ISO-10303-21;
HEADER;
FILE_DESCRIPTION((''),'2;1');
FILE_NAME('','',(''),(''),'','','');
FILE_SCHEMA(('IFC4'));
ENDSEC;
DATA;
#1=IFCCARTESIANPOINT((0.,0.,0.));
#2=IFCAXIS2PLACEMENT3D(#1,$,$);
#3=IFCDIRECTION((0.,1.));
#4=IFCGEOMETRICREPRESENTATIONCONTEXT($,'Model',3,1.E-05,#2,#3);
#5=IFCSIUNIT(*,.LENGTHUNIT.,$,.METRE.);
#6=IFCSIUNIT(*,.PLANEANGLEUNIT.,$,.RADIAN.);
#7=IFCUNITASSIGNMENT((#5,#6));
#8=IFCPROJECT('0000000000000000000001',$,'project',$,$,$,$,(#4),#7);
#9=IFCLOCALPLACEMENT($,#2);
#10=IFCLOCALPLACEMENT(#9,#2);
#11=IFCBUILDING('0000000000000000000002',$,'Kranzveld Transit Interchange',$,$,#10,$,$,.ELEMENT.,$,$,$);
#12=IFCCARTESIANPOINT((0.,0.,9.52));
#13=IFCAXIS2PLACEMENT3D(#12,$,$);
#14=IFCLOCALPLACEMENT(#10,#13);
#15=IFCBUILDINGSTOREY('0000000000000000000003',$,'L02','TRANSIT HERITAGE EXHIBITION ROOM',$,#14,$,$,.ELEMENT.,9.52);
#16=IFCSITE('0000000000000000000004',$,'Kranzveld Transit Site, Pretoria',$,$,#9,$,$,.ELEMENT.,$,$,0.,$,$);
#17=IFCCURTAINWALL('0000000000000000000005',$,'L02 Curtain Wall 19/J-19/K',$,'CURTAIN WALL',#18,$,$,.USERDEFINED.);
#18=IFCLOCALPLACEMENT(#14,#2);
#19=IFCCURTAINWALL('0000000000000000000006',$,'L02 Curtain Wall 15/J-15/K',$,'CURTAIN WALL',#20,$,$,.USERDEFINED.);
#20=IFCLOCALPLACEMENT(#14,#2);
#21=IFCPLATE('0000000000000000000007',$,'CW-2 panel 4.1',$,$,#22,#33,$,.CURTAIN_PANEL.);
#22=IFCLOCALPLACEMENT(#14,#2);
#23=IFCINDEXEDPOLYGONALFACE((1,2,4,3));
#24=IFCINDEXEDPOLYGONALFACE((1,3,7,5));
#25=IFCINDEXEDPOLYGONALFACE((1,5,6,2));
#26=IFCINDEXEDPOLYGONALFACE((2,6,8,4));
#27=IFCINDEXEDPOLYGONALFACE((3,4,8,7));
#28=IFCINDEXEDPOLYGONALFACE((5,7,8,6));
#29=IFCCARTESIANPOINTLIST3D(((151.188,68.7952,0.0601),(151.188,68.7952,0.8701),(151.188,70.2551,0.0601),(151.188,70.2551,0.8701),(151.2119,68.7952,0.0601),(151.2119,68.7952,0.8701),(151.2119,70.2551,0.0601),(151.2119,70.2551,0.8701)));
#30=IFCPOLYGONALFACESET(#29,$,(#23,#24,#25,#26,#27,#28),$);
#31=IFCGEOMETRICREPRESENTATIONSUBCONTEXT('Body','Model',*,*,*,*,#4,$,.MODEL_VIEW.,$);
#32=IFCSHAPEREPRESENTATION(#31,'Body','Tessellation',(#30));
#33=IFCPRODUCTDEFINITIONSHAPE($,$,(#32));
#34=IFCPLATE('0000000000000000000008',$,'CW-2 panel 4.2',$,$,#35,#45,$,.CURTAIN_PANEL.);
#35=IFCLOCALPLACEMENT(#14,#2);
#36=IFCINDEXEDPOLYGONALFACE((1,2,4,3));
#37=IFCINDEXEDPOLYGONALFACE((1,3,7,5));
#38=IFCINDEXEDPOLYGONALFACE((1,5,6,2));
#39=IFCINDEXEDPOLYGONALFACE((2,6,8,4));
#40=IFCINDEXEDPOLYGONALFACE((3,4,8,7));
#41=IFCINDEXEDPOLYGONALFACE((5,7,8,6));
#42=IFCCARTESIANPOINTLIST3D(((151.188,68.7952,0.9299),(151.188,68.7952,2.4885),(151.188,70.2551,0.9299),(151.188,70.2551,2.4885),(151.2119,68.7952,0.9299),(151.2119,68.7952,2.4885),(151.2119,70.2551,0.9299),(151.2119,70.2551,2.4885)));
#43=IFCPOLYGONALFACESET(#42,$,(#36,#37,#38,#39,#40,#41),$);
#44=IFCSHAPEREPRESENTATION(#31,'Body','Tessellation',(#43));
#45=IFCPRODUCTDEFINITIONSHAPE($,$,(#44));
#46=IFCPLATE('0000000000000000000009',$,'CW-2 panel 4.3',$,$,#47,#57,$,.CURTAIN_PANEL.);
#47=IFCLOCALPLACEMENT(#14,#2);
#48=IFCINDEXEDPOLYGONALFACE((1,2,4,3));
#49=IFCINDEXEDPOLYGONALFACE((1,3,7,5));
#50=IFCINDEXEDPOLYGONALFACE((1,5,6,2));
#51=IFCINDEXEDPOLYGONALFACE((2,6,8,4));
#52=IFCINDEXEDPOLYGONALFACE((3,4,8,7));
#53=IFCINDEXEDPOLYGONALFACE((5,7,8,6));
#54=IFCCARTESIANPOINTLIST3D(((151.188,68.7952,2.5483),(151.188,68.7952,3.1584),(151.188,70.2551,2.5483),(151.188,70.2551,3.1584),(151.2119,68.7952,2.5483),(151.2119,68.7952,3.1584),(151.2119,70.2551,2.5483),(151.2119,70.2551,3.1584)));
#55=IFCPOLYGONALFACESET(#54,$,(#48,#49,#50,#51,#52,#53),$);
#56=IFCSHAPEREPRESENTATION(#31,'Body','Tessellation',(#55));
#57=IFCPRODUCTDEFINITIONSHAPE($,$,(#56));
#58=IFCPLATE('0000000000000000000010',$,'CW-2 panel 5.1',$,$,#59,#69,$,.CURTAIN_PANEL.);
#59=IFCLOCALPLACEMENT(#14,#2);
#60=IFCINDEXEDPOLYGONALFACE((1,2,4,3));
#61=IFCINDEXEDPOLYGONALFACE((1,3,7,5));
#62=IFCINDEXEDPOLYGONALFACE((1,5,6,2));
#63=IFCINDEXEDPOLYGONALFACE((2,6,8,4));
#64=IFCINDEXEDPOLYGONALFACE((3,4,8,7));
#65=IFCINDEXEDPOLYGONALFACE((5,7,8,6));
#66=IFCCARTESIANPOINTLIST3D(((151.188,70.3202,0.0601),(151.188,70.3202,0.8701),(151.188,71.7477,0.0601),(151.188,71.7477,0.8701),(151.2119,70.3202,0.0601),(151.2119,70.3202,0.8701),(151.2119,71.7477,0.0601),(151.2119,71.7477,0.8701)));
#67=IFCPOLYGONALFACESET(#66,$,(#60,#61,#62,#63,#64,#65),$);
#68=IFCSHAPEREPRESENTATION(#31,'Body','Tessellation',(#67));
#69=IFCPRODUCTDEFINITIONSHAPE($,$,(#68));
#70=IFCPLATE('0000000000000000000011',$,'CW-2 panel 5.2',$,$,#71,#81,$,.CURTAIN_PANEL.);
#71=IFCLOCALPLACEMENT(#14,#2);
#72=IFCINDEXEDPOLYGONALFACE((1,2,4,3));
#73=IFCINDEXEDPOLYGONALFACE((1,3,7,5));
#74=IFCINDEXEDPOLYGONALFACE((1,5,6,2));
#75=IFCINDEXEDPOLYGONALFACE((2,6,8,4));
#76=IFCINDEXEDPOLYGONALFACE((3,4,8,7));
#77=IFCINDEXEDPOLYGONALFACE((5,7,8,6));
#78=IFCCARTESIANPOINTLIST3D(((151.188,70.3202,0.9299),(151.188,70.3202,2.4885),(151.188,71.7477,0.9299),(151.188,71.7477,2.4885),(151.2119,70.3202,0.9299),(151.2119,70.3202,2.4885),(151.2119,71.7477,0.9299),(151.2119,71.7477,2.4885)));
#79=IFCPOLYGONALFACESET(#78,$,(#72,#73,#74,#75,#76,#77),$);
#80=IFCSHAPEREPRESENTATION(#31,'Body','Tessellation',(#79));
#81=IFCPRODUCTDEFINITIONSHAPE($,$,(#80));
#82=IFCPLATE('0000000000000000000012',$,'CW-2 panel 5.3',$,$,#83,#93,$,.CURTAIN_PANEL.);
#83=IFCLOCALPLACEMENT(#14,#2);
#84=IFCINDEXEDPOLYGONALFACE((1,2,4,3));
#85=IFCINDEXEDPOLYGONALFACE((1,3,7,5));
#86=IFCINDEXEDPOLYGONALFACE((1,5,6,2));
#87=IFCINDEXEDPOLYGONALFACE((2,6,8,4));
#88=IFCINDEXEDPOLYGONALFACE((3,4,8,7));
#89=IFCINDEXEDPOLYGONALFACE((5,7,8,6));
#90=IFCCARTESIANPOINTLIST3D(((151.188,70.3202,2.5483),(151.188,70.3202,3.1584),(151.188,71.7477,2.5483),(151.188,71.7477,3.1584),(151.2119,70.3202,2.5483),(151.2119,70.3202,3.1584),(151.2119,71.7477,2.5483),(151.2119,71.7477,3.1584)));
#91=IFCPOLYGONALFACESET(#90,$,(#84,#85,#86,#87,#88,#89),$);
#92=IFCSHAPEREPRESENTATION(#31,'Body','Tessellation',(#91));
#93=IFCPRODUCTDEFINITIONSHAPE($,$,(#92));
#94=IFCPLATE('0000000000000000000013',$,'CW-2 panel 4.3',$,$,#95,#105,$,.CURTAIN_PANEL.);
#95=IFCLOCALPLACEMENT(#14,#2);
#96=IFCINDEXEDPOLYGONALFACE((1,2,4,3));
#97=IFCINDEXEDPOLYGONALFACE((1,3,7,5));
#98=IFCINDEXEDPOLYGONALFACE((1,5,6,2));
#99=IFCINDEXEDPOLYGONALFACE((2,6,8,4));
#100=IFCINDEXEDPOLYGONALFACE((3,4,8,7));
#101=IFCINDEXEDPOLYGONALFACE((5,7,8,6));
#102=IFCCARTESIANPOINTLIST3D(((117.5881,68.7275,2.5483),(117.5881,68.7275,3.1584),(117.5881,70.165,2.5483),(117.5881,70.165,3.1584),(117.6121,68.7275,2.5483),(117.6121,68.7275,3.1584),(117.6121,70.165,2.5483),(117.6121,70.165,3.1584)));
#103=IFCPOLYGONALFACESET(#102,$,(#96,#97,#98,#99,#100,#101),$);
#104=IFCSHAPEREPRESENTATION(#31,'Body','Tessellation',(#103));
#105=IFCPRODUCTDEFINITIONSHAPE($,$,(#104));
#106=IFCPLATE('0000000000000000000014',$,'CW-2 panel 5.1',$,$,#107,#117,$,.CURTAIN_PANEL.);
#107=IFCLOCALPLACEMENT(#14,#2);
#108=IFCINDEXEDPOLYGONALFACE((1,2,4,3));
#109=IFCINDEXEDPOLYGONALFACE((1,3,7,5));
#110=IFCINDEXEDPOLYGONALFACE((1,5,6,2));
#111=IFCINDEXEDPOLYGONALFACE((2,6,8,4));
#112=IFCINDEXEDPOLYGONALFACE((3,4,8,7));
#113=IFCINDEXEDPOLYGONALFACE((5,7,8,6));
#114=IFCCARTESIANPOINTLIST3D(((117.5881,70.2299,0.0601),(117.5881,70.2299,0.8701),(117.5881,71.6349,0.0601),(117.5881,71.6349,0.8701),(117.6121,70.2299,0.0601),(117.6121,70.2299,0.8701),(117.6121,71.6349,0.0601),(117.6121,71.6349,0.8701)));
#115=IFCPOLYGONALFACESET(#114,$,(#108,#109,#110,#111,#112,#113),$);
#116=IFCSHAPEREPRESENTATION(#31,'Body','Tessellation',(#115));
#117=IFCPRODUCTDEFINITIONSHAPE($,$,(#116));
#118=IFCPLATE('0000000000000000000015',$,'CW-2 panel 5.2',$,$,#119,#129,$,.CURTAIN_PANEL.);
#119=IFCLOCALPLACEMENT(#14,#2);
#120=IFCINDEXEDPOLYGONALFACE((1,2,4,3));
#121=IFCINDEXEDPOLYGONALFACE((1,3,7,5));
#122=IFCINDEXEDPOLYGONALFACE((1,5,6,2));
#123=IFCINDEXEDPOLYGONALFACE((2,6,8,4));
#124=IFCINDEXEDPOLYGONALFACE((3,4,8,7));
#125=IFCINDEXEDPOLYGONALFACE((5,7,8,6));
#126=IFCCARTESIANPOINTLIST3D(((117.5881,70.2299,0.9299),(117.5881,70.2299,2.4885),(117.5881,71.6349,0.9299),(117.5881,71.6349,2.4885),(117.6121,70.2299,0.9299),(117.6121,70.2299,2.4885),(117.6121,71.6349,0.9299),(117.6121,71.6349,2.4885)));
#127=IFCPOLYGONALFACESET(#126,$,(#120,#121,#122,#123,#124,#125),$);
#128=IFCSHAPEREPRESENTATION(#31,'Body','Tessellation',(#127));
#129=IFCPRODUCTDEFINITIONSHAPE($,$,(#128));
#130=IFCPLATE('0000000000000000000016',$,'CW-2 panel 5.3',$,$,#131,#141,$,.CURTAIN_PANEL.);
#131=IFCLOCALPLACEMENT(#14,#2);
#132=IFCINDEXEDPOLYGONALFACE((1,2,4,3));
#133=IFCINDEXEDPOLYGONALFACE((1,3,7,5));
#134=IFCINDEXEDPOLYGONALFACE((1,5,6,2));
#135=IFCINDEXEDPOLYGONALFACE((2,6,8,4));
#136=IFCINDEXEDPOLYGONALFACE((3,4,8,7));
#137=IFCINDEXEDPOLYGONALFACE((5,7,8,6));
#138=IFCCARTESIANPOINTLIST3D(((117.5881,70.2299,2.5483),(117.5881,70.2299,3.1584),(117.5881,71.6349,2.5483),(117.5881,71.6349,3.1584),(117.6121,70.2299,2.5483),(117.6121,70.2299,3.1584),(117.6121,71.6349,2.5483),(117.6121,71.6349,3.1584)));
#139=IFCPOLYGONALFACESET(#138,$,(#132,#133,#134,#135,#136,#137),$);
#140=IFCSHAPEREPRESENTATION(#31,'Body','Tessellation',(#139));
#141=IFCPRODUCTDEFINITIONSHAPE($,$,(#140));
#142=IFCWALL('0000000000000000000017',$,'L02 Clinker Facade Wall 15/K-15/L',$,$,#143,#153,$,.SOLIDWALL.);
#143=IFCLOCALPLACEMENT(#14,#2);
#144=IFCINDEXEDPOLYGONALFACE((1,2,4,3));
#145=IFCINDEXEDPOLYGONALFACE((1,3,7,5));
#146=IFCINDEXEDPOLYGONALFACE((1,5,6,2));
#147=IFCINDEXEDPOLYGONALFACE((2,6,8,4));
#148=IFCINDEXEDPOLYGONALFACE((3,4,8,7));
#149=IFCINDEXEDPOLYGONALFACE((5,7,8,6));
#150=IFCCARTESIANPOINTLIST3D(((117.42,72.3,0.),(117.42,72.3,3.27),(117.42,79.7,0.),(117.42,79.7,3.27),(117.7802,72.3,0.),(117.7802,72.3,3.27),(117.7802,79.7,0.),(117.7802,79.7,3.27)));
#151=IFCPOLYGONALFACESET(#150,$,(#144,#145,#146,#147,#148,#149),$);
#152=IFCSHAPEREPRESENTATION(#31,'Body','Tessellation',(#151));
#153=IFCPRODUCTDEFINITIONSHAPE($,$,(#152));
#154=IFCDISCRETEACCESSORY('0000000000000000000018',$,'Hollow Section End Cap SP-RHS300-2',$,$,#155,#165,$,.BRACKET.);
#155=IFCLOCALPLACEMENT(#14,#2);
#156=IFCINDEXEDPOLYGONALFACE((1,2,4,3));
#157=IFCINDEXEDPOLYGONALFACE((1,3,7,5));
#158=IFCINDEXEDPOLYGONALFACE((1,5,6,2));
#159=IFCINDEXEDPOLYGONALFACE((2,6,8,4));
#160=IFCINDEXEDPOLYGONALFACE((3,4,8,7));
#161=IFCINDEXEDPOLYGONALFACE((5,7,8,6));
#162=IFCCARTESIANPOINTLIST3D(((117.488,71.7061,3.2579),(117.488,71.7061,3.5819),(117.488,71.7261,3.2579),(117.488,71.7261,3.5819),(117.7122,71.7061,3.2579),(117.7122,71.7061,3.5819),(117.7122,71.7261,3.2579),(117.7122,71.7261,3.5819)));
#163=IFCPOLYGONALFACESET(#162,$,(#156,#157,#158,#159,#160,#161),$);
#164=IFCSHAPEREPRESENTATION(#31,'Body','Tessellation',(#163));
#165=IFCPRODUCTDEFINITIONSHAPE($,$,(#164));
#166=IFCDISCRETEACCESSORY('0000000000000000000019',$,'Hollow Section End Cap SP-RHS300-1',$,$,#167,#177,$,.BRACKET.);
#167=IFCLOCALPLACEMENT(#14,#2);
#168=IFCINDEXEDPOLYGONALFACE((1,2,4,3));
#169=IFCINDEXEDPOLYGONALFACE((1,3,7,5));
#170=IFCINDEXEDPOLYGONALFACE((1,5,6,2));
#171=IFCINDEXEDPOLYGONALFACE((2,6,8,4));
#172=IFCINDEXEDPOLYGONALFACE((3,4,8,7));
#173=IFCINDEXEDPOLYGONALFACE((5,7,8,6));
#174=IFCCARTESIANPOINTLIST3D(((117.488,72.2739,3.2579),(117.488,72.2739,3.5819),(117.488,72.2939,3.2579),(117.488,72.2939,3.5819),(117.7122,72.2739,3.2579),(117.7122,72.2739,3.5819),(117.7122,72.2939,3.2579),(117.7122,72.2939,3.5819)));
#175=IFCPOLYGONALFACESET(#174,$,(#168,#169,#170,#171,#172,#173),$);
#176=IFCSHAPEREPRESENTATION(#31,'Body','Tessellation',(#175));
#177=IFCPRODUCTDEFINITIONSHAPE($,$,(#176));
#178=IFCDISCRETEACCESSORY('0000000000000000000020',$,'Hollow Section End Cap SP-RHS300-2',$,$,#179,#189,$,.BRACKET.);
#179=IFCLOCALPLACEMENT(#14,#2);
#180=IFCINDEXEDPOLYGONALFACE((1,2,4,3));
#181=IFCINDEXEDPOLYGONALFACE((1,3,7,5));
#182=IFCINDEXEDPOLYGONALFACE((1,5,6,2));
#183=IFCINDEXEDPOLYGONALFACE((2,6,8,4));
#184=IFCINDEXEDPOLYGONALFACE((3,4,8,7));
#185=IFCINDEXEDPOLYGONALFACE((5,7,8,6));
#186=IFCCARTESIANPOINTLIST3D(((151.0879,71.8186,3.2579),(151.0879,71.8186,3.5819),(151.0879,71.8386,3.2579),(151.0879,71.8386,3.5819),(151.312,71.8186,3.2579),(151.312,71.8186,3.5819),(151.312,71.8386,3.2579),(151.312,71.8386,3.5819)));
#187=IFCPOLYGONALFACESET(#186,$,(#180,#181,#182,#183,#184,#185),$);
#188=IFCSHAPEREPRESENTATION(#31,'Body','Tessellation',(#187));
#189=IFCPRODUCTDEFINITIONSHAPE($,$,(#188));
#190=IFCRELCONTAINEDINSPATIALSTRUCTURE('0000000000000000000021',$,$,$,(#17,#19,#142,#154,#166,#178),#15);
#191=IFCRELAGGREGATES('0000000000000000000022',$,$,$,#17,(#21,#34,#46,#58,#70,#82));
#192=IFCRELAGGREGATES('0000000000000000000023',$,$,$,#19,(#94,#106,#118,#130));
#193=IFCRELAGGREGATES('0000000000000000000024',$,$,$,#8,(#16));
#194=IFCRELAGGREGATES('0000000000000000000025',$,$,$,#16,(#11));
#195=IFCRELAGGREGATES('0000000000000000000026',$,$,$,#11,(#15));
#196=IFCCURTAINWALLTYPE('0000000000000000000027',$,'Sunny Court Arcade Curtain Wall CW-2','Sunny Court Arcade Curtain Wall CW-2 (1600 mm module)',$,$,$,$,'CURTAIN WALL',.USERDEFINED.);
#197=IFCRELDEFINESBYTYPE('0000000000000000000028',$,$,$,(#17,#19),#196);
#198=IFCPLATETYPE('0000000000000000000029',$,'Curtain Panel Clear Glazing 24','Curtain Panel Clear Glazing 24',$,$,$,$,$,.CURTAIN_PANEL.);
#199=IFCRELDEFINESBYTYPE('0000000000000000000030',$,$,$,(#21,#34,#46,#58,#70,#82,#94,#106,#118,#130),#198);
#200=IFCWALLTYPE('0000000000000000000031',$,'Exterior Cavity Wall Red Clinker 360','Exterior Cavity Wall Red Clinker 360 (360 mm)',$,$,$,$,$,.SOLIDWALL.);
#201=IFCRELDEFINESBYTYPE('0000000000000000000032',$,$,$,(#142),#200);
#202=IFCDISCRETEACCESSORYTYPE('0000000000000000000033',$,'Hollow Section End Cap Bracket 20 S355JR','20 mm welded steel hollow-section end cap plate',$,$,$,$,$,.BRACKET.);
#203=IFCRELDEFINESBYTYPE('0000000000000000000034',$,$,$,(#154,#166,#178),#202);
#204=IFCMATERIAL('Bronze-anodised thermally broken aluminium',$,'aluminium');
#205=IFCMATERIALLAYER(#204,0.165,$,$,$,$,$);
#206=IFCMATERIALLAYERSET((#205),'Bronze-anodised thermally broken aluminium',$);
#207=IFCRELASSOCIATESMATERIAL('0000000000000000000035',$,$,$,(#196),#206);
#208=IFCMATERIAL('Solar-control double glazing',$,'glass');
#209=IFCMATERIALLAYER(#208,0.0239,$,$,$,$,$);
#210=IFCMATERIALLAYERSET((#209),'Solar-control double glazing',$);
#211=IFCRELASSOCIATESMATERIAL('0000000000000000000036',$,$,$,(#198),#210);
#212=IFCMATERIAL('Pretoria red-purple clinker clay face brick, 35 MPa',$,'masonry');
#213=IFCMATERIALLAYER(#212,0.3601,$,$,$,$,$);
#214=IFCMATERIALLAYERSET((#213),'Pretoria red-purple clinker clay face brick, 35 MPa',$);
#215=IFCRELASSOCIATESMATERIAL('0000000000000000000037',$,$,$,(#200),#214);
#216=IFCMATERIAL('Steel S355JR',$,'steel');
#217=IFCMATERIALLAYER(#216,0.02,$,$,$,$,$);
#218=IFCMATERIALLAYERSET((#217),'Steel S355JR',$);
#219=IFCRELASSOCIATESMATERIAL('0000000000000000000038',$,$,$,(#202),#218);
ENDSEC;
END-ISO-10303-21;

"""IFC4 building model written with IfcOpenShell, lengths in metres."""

from ifc_helpers import new_model, si_unit, direction, frame, frame_2d, origin, origin_2d, place, context, subcontext, project, spatial, rectangle, extrude, material, layer, layer_set, type_object, element, aggregate, save


model = new_model("IFC4")

# Units and contexts
model_context = context("Model", 3, precision=1e-05, world=origin(), true_north=direction((0.0, 1.0)))
body_context = subcontext(model_context, "Body", "Model", "MODEL_VIEW")
ifc_project = project(units=[si_unit("LENGTHUNIT", "METRE"), si_unit("PLANEANGLEUNIT", "RADIAN")], contexts=[model_context])

# Site, building, storey
site_placement = place(None, origin())
site = spatial("IfcSite", under=ifc_project, at=site_placement, Name="Kranzveld Transit Site, Pretoria", CompositionType="ELEMENT", RefElevation=0.0)
building_placement = place(site_placement, origin())
building = spatial("IfcBuilding", under=site, at=building_placement, Name="Kranzveld Transit Interchange", CompositionType="ELEMENT")
storey_placement = place(building_placement, frame((0.0, 0.0, 9.52)))
storey = spatial("IfcBuildingStorey", under=building, at=storey_placement, Name="L02", Description="TRANSIT HERITAGE EXHIBITION ROOM", CompositionType="ELEMENT", Elevation=9.52)

# Curtain walls
ifc_material_1 = material(Name="Bronze-anodised thermally broken aluminium", Category="aluminium")
ifc_layer_1 = layer(ifc_material_1, 0.165)
ifc_layer_set_1 = layer_set([ifc_layer_1], Name="Bronze-anodised thermally broken aluminium")
curtain_wall_type = type_object("IfcCurtainWallType", Name="Sunny Court Arcade Curtain Wall CW-2", Description="Sunny Court Arcade Curtain Wall CW-2 (1600 mm module)", ElementType="CURTAIN WALL", PredefinedType="USERDEFINED", material=ifc_layer_set_1)
curtain_wall_1_placement = place(storey_placement, origin())
curtain_wall_1 = element("IfcCurtainWall", 1, at=curtain_wall_1_placement, inside=storey, type_object=curtain_wall_type, Name="L02 Curtain Wall 19/J-19/K", ObjectType="CURTAIN WALL", PredefinedType="USERDEFINED")
curtain_wall_2_placement = place(storey_placement, origin())
curtain_wall_2 = element("IfcCurtainWall", 2, at=curtain_wall_2_placement, inside=storey, type_object=curtain_wall_type, Name="L02 Curtain Wall 15/J-15/K", ObjectType="CURTAIN WALL", PredefinedType="USERDEFINED")

# Plates
ifc_material_2 = material(Name="Solar-control double glazing", Category="glass")
ifc_layer_2 = layer(ifc_material_2, 0.0239)
ifc_layer_set_2 = layer_set([ifc_layer_2], Name="Solar-control double glazing")
plate_type = type_object("IfcPlateType", Name="Curtain Panel Clear Glazing 24", Description="Curtain Panel Clear Glazing 24", PredefinedType="CURTAIN_PANEL", material=ifc_layer_set_2)
plate_1_placement = place(storey_placement, frame((151.2, 69.5251, 0.0601), z_axis=(0.0, 0.0, 1.0), x_axis=(0.0, 1.0, 0.0)))
plate_1 = element("IfcPlate", 3, at=plate_1_placement, type_object=plate_type, Name="CW-2 panel 4.1", PredefinedType="CURTAIN_PANEL", context=body_context, shape_type="SweptSolid", body=[
    extrude(rectangle(XDim=1.46, YDim=0.0239, at=origin_2d()), origin(), (0.0, 0.0, 1.0), 0.8101),
])
plate_2_placement = place(storey_placement, frame((151.2, 69.5251, 0.9299), z_axis=(0.0, 0.0, 1.0), x_axis=(0.0, 1.0, 0.0)))
plate_2 = element("IfcPlate", 4, at=plate_2_placement, type_object=plate_type, Name="CW-2 panel 4.2", PredefinedType="CURTAIN_PANEL", context=body_context, shape_type="SweptSolid", body=[
    extrude(rectangle(XDim=1.46, YDim=0.0239, at=origin_2d()), origin(), (0.0, 0.0, 1.0), 1.5586),
])
plate_3_placement = place(storey_placement, frame((151.2, 69.5251, 2.5483), z_axis=(0.0, 0.0, 1.0), x_axis=(0.0, 1.0, 0.0)))
plate_3 = element("IfcPlate", 5, at=plate_3_placement, type_object=plate_type, Name="CW-2 panel 4.3", PredefinedType="CURTAIN_PANEL", context=body_context, shape_type="SweptSolid", body=[
    extrude(rectangle(XDim=1.46, YDim=0.0239, at=origin_2d()), origin(), (0.0, 0.0, 1.0), 0.6101),
])
plate_4_placement = place(storey_placement, frame((151.2, 71.0339, 0.0601), z_axis=(0.0, 0.0, 1.0), x_axis=(0.0, 1.0, 0.0)))
plate_4 = element("IfcPlate", 6, at=plate_4_placement, type_object=plate_type, Name="CW-2 panel 5.1", PredefinedType="CURTAIN_PANEL", context=body_context, shape_type="SweptSolid", body=[
    extrude(rectangle(XDim=1.4275, YDim=0.0239, at=origin_2d()), origin(), (0.0, 0.0, 1.0), 0.8101),
])
plate_5_placement = place(storey_placement, frame((151.2, 71.0339, 0.9299), z_axis=(0.0, 0.0, 1.0), x_axis=(0.0, 1.0, 0.0)))
plate_5 = element("IfcPlate", 7, at=plate_5_placement, type_object=plate_type, Name="CW-2 panel 5.2", PredefinedType="CURTAIN_PANEL", context=body_context, shape_type="SweptSolid", body=[
    extrude(rectangle(XDim=1.4275, YDim=0.0239, at=origin_2d()), origin(), (0.0, 0.0, 1.0), 1.5586),
])
plate_6_placement = place(storey_placement, frame((151.2, 71.0339, 2.5483), z_axis=(0.0, 0.0, 1.0), x_axis=(0.0, 1.0, 0.0)))
plate_6 = element("IfcPlate", 8, at=plate_6_placement, type_object=plate_type, Name="CW-2 panel 5.3", PredefinedType="CURTAIN_PANEL", context=body_context, shape_type="SweptSolid", body=[
    extrude(rectangle(XDim=1.4275, YDim=0.0239, at=origin_2d()), origin(), (0.0, 0.0, 1.0), 0.6101),
])
aggregate(curtain_wall_1, [plate_1, plate_2, plate_3, plate_4, plate_5, plate_6])
plate_7_placement = place(storey_placement, frame((117.6001, 69.4463, 2.5483), z_axis=(0.0, 0.0, 1.0), x_axis=(0.0, 1.0, 0.0)))
plate_7 = element("IfcPlate", 9, at=plate_7_placement, type_object=plate_type, Name="CW-2 panel 4.3", PredefinedType="CURTAIN_PANEL", context=body_context, shape_type="SweptSolid", body=[
    extrude(rectangle(XDim=1.4375, YDim=0.0239, at=origin_2d()), origin(), (0.0, 0.0, 1.0), 0.6101),
])
plate_8_placement = place(storey_placement, frame((117.6001, 70.9324, 0.0601), z_axis=(0.0, 0.0, 1.0), x_axis=(0.0, 1.0, 0.0)))
plate_8 = element("IfcPlate", 10, at=plate_8_placement, type_object=plate_type, Name="CW-2 panel 5.1", PredefinedType="CURTAIN_PANEL", context=body_context, shape_type="SweptSolid", body=[
    extrude(rectangle(XDim=1.405, YDim=0.0239, at=origin_2d()), origin(), (0.0, 0.0, 1.0), 0.8101),
])
plate_9_placement = place(storey_placement, frame((117.6001, 70.9324, 0.9299), z_axis=(0.0, 0.0, 1.0), x_axis=(0.0, 1.0, 0.0)))
plate_9 = element("IfcPlate", 11, at=plate_9_placement, type_object=plate_type, Name="CW-2 panel 5.2", PredefinedType="CURTAIN_PANEL", context=body_context, shape_type="SweptSolid", body=[
    extrude(rectangle(XDim=1.405, YDim=0.0239, at=origin_2d()), origin(), (0.0, 0.0, 1.0), 1.5586),
])
plate_10_placement = place(storey_placement, frame((117.6001, 70.9324, 2.5483), z_axis=(0.0, 0.0, 1.0), x_axis=(0.0, 1.0, 0.0)))
plate_10 = element("IfcPlate", 12, at=plate_10_placement, type_object=plate_type, Name="CW-2 panel 5.3", PredefinedType="CURTAIN_PANEL", context=body_context, shape_type="SweptSolid", body=[
    extrude(rectangle(XDim=1.405, YDim=0.0239, at=origin_2d()), origin(), (0.0, 0.0, 1.0), 0.6101),
])
aggregate(curtain_wall_2, [plate_7, plate_8, plate_9, plate_10])

# Wall
ifc_material_3 = material(Name="Pretoria red-purple clinker clay face brick, 35 MPa", Category="masonry")
ifc_layer_3 = layer(ifc_material_3, 0.3601)
ifc_layer_set_3 = layer_set([ifc_layer_3], Name="Pretoria red-purple clinker clay face brick, 35 MPa")
wall_type = type_object("IfcWallType", Name="Exterior Cavity Wall Red Clinker 360", Description="Exterior Cavity Wall Red Clinker 360 (360 mm)", PredefinedType="SOLIDWALL", material=ifc_layer_set_3)
wall_placement = place(storey_placement, frame((117.6001, 72.3, 0.0), z_axis=(0.0, 0.0, 1.0), x_axis=(0.0, 1.0, 0.0)))
element("IfcWall", 13, at=wall_placement, inside=storey, type_object=wall_type, Name="L02 Clinker Facade Wall 15/K-15/L", PredefinedType="SOLIDWALL", context=body_context, shape_type="SweptSolid", body=[
    extrude(rectangle(XDim=7.3999, YDim=0.3601, at=frame_2d((3.7, 0.0))), origin(), (0.0, 0.0, 1.0), 3.27),
])

# Discrete accessories
ifc_material_4 = material(Name="Steel S355JR", Category="steel")
ifc_layer_4 = layer(ifc_material_4, 0.02)
ifc_layer_set_4 = layer_set([ifc_layer_4], Name="Steel S355JR")
discrete_accessory_type = type_object("IfcDiscreteAccessoryType", Name="Hollow Section End Cap Bracket 20 S355JR", Description="20 mm welded steel hollow-section end cap plate", PredefinedType="BRACKET", material=ifc_layer_set_4)
for number, where, z_axis, x_axis, name in (
    (14, (117.6001, 71.7061, 3.4199), (0.0, 1.0, 0.0), (-1.0, 0.0, 0.0), "Hollow Section End Cap SP-RHS300-2"),
    (15, (117.6001, 72.2939, 3.4199), (0.0, -1.0, 0.0), (1.0, 0.0, 0.0), "Hollow Section End Cap SP-RHS300-1"),
    (16, (151.2, 71.8186, 3.4199), (0.0, 1.0, 0.0), (-1.0, 0.0, 0.0), "Hollow Section End Cap SP-RHS300-2"),
):
    element("IfcDiscreteAccessory", number, at=place(storey_placement, frame(where, z_axis=z_axis, x_axis=x_axis)), inside=storey, type_object=discrete_accessory_type, Name=name, PredefinedType="BRACKET", context=body_context, shape_type="SweptSolid", body=[
        extrude(rectangle(XDim=0.2241, YDim=0.324, at=origin_2d()), origin(), (0.0, 0.0, 1.0), 0.02),
    ])

save(model, "model.ifc")
